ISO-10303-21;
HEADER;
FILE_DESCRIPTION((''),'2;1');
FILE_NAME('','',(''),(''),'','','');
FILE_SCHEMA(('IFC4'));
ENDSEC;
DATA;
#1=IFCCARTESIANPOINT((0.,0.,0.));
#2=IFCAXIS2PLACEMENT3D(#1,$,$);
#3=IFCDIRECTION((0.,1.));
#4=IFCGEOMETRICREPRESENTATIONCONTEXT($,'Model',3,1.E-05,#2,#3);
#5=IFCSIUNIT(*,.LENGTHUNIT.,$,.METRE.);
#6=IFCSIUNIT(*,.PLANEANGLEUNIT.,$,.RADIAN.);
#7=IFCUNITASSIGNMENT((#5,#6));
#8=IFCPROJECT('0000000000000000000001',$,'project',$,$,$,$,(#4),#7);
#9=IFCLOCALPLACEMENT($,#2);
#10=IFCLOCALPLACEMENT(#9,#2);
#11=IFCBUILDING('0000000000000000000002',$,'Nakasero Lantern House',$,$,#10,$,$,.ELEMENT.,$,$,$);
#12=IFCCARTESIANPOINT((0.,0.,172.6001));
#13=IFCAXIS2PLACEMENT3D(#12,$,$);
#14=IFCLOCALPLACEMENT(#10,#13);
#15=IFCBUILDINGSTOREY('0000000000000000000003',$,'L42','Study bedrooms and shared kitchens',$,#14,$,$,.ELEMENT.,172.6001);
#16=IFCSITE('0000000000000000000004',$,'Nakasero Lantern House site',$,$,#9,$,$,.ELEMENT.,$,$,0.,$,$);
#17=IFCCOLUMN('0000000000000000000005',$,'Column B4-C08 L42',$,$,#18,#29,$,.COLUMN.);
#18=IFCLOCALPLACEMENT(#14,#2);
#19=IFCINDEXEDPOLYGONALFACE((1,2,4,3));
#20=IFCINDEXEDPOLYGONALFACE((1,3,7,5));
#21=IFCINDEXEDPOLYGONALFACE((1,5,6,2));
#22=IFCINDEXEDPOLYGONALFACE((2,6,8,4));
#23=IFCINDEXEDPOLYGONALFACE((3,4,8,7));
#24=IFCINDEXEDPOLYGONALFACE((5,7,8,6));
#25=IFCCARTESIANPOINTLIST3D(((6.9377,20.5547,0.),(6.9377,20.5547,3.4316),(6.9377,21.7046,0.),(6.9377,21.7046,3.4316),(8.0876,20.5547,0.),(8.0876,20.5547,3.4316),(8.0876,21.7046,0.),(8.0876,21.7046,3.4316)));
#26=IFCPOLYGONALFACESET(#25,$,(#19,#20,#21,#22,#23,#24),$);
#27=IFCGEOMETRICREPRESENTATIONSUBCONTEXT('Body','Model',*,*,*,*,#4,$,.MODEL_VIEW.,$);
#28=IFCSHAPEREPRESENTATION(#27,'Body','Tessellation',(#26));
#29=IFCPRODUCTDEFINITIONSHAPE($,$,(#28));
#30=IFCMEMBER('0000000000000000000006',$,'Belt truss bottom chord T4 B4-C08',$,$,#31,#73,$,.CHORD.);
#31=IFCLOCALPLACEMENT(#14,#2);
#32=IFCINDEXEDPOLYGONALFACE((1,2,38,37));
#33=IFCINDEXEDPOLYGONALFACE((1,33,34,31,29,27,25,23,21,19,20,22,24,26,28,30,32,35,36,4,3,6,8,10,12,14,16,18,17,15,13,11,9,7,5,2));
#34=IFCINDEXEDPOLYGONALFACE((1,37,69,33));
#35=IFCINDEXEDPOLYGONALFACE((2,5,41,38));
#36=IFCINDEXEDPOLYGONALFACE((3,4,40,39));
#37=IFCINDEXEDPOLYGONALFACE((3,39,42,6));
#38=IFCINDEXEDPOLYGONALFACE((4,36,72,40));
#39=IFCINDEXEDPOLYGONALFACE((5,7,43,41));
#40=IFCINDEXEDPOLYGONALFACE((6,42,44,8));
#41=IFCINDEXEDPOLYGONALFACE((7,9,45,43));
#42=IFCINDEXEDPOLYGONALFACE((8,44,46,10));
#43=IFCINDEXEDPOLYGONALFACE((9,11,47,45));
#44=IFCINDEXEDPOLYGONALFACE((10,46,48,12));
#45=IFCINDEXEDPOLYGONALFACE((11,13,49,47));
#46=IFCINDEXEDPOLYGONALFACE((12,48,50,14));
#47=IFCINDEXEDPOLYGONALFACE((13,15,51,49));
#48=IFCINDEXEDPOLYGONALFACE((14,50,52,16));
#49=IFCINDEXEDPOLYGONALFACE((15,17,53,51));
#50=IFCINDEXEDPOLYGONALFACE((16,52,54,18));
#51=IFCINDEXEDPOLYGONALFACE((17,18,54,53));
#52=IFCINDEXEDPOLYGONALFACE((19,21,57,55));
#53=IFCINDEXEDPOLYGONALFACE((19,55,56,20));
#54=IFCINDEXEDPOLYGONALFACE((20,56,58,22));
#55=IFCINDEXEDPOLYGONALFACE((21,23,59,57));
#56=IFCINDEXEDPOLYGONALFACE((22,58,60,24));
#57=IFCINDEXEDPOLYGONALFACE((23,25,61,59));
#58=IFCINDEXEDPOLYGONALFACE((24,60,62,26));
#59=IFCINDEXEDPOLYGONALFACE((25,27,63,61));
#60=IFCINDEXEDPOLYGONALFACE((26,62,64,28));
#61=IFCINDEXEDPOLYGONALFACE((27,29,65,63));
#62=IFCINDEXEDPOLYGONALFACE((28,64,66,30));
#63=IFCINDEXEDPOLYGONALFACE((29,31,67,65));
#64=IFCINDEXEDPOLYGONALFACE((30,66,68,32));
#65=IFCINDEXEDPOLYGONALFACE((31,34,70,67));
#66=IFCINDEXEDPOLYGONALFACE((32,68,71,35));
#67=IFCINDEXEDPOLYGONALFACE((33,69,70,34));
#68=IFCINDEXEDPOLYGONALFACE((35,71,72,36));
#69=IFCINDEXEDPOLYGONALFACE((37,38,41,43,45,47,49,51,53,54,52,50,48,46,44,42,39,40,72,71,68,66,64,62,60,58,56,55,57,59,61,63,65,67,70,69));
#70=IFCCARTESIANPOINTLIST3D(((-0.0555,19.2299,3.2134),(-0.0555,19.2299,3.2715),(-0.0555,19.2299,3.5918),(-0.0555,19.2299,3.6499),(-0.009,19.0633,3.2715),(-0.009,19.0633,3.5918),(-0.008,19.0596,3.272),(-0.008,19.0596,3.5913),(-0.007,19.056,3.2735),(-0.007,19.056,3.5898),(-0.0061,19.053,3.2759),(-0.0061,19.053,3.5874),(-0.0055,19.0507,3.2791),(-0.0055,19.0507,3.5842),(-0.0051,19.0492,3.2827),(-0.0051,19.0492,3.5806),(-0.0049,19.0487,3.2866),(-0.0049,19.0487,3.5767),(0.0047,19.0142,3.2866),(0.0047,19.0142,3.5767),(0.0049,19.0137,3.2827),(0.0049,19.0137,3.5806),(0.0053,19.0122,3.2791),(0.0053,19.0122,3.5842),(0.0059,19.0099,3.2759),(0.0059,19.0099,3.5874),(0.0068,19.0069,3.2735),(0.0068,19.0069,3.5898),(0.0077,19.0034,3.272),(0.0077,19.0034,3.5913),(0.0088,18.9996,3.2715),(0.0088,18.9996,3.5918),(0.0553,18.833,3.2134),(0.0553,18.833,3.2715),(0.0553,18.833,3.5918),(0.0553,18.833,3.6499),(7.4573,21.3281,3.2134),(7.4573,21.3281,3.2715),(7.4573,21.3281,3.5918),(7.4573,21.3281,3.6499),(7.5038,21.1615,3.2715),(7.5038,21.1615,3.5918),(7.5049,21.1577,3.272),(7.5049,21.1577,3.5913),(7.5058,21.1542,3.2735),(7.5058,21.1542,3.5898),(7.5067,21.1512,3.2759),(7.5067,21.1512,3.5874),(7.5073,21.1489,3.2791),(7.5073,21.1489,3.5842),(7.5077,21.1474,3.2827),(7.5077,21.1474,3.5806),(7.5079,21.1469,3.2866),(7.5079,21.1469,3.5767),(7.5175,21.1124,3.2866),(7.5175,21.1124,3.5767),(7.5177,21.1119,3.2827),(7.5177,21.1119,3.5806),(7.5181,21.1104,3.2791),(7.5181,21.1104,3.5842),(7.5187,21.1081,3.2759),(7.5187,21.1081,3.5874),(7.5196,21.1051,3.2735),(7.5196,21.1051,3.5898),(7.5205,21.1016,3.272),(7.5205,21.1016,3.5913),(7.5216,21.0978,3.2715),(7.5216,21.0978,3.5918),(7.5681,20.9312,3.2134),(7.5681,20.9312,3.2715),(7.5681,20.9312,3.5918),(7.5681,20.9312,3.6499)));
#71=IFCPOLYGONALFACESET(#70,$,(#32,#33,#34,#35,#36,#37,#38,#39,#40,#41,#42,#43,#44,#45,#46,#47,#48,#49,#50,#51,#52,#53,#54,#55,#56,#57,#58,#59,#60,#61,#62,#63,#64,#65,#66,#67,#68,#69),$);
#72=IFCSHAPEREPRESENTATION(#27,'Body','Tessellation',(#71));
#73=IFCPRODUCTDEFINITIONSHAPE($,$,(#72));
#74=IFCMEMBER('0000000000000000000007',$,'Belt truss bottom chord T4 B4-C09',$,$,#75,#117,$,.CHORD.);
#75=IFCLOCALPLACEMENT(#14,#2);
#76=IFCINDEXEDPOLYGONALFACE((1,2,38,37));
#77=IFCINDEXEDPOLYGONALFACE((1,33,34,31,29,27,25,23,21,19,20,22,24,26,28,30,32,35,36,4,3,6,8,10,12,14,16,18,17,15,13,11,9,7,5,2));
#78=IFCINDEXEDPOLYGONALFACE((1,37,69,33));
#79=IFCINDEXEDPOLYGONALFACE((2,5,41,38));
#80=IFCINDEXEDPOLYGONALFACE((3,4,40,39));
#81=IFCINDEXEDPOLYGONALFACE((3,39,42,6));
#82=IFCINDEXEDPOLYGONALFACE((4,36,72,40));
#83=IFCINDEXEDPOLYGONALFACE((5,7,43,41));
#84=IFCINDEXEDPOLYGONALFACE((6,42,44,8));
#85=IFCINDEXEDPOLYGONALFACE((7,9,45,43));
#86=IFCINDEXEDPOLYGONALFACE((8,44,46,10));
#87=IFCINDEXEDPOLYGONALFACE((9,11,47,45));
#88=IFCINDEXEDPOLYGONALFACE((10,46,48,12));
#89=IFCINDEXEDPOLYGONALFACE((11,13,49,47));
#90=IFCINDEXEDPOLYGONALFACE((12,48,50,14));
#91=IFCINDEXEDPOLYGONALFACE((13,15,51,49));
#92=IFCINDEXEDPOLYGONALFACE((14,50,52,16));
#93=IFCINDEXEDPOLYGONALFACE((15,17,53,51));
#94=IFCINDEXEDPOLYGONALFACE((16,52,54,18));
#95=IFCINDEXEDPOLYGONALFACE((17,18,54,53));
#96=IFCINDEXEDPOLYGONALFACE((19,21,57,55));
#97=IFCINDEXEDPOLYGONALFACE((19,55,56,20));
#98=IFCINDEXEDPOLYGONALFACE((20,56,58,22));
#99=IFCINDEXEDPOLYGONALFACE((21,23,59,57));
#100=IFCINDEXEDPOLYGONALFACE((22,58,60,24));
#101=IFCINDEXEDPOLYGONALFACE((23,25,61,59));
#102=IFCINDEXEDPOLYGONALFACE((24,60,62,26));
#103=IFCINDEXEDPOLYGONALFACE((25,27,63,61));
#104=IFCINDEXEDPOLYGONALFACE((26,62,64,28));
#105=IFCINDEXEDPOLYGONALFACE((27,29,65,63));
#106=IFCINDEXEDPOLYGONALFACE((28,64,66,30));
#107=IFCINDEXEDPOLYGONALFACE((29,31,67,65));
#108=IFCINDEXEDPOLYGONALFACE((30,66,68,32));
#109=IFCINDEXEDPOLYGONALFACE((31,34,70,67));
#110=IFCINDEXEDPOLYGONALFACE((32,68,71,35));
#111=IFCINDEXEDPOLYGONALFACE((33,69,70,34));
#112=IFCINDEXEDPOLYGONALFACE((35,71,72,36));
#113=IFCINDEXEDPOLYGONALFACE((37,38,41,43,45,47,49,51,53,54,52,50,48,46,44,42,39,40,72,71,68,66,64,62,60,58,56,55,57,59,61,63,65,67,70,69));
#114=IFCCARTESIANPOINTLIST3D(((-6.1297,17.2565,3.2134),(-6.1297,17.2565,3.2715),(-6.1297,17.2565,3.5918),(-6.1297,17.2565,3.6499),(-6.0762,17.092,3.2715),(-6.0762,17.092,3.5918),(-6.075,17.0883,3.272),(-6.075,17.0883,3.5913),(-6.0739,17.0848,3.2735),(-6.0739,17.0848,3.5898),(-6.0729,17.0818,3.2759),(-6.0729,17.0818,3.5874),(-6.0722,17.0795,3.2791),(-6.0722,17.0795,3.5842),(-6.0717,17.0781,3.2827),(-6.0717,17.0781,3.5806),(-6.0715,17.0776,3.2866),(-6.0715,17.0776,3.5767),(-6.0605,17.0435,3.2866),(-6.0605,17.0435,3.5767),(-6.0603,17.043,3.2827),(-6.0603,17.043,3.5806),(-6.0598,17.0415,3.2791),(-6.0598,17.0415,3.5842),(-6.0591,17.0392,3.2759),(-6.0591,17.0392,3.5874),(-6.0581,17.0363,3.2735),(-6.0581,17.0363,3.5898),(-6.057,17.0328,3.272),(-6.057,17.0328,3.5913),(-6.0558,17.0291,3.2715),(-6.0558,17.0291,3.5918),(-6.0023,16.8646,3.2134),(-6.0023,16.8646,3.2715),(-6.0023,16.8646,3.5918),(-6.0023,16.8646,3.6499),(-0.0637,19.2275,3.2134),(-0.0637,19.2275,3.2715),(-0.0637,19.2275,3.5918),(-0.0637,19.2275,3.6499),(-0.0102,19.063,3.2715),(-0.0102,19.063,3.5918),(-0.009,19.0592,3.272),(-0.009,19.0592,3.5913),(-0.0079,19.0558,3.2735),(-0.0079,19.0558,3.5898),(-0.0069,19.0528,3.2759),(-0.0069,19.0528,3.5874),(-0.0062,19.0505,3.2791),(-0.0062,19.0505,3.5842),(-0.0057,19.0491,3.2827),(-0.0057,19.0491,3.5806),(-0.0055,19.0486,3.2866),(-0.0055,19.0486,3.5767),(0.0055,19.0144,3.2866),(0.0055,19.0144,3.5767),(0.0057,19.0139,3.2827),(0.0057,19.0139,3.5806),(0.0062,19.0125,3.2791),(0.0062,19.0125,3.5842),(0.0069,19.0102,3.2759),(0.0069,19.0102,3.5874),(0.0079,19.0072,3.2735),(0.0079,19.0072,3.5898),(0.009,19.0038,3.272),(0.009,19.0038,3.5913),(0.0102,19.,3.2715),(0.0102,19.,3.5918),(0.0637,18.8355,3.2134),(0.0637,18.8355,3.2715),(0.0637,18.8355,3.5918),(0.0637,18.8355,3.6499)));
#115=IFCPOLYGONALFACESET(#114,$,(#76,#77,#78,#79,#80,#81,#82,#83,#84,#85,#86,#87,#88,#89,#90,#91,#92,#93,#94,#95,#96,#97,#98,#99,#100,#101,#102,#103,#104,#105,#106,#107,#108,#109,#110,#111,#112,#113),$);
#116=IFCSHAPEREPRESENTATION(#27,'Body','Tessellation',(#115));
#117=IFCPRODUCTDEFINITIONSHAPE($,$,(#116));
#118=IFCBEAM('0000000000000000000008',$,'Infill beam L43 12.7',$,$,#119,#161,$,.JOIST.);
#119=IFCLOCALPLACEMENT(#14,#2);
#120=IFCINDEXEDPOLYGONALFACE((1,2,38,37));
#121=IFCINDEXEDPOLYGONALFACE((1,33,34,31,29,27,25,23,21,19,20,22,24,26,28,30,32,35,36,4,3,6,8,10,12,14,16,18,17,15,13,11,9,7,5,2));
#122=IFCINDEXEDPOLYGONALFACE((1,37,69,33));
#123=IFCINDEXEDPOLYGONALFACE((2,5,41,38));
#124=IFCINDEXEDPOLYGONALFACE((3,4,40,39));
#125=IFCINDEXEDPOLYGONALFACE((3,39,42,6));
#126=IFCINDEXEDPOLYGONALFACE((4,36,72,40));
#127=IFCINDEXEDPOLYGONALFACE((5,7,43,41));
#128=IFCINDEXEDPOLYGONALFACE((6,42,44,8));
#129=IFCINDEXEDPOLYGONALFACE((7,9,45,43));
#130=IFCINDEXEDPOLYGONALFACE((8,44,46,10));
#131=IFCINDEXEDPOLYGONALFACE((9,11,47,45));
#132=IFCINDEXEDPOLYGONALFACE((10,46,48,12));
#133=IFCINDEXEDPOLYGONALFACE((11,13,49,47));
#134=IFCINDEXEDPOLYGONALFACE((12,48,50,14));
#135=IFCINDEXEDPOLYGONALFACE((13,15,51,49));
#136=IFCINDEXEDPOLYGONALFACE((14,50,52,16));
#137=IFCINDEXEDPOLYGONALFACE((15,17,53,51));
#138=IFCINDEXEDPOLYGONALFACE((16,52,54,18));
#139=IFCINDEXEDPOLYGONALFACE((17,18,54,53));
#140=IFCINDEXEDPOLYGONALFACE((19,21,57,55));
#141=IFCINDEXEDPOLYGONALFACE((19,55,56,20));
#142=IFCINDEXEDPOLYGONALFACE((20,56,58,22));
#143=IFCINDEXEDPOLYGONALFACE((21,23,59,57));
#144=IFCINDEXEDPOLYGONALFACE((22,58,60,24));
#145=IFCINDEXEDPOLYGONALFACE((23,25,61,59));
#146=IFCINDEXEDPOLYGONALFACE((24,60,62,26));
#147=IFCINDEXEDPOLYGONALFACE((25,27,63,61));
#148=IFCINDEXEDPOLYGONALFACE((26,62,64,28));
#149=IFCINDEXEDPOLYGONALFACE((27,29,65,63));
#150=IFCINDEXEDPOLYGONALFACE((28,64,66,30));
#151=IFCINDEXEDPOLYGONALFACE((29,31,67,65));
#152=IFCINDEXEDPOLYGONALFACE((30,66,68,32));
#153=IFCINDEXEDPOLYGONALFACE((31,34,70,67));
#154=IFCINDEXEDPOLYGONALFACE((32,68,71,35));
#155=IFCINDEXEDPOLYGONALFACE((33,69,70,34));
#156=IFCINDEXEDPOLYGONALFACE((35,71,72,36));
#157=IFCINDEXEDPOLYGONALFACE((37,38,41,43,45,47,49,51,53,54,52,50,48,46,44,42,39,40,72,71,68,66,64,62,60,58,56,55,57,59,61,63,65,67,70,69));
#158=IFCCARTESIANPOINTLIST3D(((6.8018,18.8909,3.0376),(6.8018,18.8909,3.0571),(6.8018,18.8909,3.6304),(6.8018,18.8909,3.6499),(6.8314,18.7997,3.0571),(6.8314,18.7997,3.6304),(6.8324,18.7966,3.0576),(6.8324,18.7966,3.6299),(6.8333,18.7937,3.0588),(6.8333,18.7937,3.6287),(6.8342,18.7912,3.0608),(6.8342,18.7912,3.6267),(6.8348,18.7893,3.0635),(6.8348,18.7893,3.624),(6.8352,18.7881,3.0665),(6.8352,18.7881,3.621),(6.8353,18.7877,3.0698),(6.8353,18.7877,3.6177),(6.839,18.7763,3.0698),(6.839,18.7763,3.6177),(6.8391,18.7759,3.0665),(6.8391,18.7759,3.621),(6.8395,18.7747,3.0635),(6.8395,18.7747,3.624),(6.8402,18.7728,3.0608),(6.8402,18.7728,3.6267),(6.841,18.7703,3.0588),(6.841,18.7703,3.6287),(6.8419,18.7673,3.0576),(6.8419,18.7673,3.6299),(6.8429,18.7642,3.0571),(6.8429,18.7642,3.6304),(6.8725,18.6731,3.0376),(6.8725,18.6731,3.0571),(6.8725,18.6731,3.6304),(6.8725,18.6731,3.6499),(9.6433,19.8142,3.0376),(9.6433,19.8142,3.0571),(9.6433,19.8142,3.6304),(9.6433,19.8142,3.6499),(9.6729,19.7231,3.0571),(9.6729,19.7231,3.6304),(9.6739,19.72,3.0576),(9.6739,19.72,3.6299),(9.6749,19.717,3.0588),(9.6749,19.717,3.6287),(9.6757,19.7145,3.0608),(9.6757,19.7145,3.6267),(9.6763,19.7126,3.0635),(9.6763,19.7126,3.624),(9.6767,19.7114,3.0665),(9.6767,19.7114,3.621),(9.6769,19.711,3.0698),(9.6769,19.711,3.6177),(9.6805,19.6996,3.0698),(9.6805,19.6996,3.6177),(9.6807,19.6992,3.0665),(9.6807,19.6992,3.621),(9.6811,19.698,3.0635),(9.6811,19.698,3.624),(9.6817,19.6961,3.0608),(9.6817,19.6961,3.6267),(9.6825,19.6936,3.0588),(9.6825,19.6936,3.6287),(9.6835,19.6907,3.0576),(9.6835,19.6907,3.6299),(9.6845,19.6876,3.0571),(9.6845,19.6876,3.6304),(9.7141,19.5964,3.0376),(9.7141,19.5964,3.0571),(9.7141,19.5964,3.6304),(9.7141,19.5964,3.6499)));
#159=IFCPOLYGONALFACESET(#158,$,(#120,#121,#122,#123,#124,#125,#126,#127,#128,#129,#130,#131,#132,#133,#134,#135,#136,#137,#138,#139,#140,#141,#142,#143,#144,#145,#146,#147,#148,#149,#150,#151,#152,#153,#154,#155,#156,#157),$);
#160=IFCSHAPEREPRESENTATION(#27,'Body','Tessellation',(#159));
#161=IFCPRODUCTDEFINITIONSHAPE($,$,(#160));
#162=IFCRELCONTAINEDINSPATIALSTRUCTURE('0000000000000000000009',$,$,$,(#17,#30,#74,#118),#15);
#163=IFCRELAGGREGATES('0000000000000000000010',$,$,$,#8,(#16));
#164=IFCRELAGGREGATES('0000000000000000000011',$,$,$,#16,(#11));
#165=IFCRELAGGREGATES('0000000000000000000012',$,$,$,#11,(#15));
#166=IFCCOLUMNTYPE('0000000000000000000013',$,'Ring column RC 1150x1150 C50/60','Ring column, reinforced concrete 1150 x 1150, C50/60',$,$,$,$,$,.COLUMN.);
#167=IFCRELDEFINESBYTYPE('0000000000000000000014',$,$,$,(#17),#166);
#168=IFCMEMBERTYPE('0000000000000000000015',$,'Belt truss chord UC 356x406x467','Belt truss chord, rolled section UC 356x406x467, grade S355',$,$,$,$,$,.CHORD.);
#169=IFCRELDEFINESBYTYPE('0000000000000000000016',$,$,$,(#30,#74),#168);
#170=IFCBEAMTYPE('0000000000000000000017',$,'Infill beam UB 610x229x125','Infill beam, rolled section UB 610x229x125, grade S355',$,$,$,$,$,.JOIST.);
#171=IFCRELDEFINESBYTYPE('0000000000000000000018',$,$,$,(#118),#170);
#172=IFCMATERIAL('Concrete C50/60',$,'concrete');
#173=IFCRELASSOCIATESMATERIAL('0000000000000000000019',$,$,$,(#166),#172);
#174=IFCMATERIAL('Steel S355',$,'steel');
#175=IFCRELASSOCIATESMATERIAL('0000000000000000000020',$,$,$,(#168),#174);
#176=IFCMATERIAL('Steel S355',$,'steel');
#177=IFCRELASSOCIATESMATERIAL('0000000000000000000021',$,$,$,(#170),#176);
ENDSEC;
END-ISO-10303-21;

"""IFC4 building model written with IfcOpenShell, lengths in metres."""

from ifc_helpers import new_model, si_unit, direction, frame, origin, origin_2d, place, context, subcontext, project, spatial, rectangle, i_section, extrude, material, material_profile, profile_set, type_object, element, save


model = new_model("IFC4")

# Units and contexts
model_context = context("Model", 3, precision=1e-05, world=origin(), true_north=direction((0.0, 1.0)))
body_context = subcontext(model_context, "Body", "Model", "MODEL_VIEW")
ifc_project = project(units=[si_unit("LENGTHUNIT", "METRE"), si_unit("PLANEANGLEUNIT", "RADIAN")], contexts=[model_context])

# Site, building, storey
site_placement = place(None, origin())
site = spatial("IfcSite", under=ifc_project, at=site_placement, Name="Nakasero Lantern House site", CompositionType="ELEMENT", RefElevation=0.0)
building_placement = place(site_placement, origin())
building = spatial("IfcBuilding", under=site, at=building_placement, Name="Nakasero Lantern House", CompositionType="ELEMENT")
storey_placement = place(building_placement, frame((0.0, 0.0, 172.6001)))
storey = spatial("IfcBuildingStorey", under=building, at=storey_placement, Name="L42", Description="Study bedrooms and shared kitchens", CompositionType="ELEMENT", Elevation=172.6001)

# Column
ifc_material_1 = material(Name="Concrete C50/60", Category="concrete")
ifc_material_profile_1 = material_profile(ifc_material_1, rectangle(XDim=1.1499, YDim=1.1499, at=origin_2d()), Name="RC 1150x1150")
ifc_profile_set_1 = profile_set([ifc_material_profile_1], Name="Concrete C50/60")
column_type = type_object("IfcColumnType", Name="Ring column RC 1150x1150 C50/60", Description="Ring column, reinforced concrete 1150 x 1150, C50/60", PredefinedType="COLUMN", material=ifc_profile_set_1)
column_placement = place(storey_placement, frame((7.5127, 21.1296, 0.0), z_axis=(0.0, 0.0, 1.0), x_axis=(1.0, 0.0, 0.0)))
element("IfcColumn", 1, at=column_placement, inside=storey, type_object=column_type, Name="Column B4-C08 L42", PredefinedType="COLUMN", context=body_context, shape_type="SweptSolid", body=[
    extrude(rectangle(XDim=1.1499, YDim=1.1499, at=origin_2d()), origin(), (0.0, 0.0, 1.0), 3.4316),
])

# Members
ifc_material_2 = material(Name="Steel S355", Category="steel")
ifc_material_profile_2 = material_profile(ifc_material_2, i_section(OverallWidth=0.4121, OverallDepth=0.4365, WebThickness=0.0359, FlangeThickness=0.0581, FilletRadius=0.0151, at=origin_2d()), Name="UC 356x406x467")
ifc_profile_set_2 = profile_set([ifc_material_profile_2], Name="Steel S355")
member_type = type_object("IfcMemberType", Name="Belt truss chord UC 356x406x467", Description="Belt truss chord, rolled section UC 356x406x467, grade S355", PredefinedType="CHORD", material=ifc_profile_set_2)
member_1_placement = place(storey_placement, frame((7.5127, 21.1296, 3.4316), z_axis=(-0.963144, -0.268987, 0.0), x_axis=(0.268987, -0.963144, 0.0)))
element("IfcMember", 2, at=member_1_placement, inside=storey, type_object=member_type, Name="Belt truss bottom chord T4 B4-C08", PredefinedType="CHORD", context=body_context, shape_type="SweptSolid", body=[
    extrude(i_section(OverallWidth=0.4121, OverallDepth=0.4365, WebThickness=0.0359, FlangeThickness=0.0581, FilletRadius=0.0151, at=origin_2d()), origin(), (0.0, 0.0, 1.0), 7.8003),
])
member_2_placement = place(storey_placement, frame((0.0, 19.0315, 3.4316), z_axis=(-0.951056, -0.309019, 0.0), x_axis=(0.309019, -0.951056, 0.0)))
element("IfcMember", 3, at=member_2_placement, inside=storey, type_object=member_type, Name="Belt truss bottom chord T4 B4-C09", PredefinedType="CHORD", context=body_context, shape_type="SweptSolid", body=[
    extrude(i_section(OverallWidth=0.4121, OverallDepth=0.4365, WebThickness=0.0359, FlangeThickness=0.0581, FilletRadius=0.0151, at=origin_2d()), origin(), (0.0, 0.0, 1.0), 6.3782),
])

# Beam
ifc_material_3 = material(Name="Steel S355", Category="steel")
ifc_material_profile_3 = material_profile(ifc_material_3, i_section(OverallWidth=0.229, OverallDepth=0.6123, WebThickness=0.012, FlangeThickness=0.0195, FilletRadius=0.0127, at=origin_2d()), Name="UB 610x229x125")
ifc_profile_set_3 = profile_set([ifc_material_profile_3], Name="Steel S355")
beam_type_1 = type_object("IfcBeamType", Name="Infill beam UB 610x229x125", Description="Infill beam, rolled section UB 610x229x125, grade S355", PredefinedType="JOIST", material=ifc_profile_set_3)
beam_1_placement = place(storey_placement, frame((6.8372, 18.782, 3.3438), z_axis=(0.95105, 0.309036, 0.0), x_axis=(-0.309036, 0.95105, 0.0)))
element("IfcBeam", 4, at=beam_1_placement, inside=storey, type_object=beam_type_1, Name="Infill beam L43 12.7", PredefinedType="JOIST", context=body_context, shape_type="SweptSolid", body=[
    extrude(i_section(OverallWidth=0.229, OverallDepth=0.6123, WebThickness=0.012, FlangeThickness=0.0195, FilletRadius=0.0127, at=origin_2d()), origin(), (0.0, 0.0, 1.0), 2.9878),
])

save(model, "model.ifc")
